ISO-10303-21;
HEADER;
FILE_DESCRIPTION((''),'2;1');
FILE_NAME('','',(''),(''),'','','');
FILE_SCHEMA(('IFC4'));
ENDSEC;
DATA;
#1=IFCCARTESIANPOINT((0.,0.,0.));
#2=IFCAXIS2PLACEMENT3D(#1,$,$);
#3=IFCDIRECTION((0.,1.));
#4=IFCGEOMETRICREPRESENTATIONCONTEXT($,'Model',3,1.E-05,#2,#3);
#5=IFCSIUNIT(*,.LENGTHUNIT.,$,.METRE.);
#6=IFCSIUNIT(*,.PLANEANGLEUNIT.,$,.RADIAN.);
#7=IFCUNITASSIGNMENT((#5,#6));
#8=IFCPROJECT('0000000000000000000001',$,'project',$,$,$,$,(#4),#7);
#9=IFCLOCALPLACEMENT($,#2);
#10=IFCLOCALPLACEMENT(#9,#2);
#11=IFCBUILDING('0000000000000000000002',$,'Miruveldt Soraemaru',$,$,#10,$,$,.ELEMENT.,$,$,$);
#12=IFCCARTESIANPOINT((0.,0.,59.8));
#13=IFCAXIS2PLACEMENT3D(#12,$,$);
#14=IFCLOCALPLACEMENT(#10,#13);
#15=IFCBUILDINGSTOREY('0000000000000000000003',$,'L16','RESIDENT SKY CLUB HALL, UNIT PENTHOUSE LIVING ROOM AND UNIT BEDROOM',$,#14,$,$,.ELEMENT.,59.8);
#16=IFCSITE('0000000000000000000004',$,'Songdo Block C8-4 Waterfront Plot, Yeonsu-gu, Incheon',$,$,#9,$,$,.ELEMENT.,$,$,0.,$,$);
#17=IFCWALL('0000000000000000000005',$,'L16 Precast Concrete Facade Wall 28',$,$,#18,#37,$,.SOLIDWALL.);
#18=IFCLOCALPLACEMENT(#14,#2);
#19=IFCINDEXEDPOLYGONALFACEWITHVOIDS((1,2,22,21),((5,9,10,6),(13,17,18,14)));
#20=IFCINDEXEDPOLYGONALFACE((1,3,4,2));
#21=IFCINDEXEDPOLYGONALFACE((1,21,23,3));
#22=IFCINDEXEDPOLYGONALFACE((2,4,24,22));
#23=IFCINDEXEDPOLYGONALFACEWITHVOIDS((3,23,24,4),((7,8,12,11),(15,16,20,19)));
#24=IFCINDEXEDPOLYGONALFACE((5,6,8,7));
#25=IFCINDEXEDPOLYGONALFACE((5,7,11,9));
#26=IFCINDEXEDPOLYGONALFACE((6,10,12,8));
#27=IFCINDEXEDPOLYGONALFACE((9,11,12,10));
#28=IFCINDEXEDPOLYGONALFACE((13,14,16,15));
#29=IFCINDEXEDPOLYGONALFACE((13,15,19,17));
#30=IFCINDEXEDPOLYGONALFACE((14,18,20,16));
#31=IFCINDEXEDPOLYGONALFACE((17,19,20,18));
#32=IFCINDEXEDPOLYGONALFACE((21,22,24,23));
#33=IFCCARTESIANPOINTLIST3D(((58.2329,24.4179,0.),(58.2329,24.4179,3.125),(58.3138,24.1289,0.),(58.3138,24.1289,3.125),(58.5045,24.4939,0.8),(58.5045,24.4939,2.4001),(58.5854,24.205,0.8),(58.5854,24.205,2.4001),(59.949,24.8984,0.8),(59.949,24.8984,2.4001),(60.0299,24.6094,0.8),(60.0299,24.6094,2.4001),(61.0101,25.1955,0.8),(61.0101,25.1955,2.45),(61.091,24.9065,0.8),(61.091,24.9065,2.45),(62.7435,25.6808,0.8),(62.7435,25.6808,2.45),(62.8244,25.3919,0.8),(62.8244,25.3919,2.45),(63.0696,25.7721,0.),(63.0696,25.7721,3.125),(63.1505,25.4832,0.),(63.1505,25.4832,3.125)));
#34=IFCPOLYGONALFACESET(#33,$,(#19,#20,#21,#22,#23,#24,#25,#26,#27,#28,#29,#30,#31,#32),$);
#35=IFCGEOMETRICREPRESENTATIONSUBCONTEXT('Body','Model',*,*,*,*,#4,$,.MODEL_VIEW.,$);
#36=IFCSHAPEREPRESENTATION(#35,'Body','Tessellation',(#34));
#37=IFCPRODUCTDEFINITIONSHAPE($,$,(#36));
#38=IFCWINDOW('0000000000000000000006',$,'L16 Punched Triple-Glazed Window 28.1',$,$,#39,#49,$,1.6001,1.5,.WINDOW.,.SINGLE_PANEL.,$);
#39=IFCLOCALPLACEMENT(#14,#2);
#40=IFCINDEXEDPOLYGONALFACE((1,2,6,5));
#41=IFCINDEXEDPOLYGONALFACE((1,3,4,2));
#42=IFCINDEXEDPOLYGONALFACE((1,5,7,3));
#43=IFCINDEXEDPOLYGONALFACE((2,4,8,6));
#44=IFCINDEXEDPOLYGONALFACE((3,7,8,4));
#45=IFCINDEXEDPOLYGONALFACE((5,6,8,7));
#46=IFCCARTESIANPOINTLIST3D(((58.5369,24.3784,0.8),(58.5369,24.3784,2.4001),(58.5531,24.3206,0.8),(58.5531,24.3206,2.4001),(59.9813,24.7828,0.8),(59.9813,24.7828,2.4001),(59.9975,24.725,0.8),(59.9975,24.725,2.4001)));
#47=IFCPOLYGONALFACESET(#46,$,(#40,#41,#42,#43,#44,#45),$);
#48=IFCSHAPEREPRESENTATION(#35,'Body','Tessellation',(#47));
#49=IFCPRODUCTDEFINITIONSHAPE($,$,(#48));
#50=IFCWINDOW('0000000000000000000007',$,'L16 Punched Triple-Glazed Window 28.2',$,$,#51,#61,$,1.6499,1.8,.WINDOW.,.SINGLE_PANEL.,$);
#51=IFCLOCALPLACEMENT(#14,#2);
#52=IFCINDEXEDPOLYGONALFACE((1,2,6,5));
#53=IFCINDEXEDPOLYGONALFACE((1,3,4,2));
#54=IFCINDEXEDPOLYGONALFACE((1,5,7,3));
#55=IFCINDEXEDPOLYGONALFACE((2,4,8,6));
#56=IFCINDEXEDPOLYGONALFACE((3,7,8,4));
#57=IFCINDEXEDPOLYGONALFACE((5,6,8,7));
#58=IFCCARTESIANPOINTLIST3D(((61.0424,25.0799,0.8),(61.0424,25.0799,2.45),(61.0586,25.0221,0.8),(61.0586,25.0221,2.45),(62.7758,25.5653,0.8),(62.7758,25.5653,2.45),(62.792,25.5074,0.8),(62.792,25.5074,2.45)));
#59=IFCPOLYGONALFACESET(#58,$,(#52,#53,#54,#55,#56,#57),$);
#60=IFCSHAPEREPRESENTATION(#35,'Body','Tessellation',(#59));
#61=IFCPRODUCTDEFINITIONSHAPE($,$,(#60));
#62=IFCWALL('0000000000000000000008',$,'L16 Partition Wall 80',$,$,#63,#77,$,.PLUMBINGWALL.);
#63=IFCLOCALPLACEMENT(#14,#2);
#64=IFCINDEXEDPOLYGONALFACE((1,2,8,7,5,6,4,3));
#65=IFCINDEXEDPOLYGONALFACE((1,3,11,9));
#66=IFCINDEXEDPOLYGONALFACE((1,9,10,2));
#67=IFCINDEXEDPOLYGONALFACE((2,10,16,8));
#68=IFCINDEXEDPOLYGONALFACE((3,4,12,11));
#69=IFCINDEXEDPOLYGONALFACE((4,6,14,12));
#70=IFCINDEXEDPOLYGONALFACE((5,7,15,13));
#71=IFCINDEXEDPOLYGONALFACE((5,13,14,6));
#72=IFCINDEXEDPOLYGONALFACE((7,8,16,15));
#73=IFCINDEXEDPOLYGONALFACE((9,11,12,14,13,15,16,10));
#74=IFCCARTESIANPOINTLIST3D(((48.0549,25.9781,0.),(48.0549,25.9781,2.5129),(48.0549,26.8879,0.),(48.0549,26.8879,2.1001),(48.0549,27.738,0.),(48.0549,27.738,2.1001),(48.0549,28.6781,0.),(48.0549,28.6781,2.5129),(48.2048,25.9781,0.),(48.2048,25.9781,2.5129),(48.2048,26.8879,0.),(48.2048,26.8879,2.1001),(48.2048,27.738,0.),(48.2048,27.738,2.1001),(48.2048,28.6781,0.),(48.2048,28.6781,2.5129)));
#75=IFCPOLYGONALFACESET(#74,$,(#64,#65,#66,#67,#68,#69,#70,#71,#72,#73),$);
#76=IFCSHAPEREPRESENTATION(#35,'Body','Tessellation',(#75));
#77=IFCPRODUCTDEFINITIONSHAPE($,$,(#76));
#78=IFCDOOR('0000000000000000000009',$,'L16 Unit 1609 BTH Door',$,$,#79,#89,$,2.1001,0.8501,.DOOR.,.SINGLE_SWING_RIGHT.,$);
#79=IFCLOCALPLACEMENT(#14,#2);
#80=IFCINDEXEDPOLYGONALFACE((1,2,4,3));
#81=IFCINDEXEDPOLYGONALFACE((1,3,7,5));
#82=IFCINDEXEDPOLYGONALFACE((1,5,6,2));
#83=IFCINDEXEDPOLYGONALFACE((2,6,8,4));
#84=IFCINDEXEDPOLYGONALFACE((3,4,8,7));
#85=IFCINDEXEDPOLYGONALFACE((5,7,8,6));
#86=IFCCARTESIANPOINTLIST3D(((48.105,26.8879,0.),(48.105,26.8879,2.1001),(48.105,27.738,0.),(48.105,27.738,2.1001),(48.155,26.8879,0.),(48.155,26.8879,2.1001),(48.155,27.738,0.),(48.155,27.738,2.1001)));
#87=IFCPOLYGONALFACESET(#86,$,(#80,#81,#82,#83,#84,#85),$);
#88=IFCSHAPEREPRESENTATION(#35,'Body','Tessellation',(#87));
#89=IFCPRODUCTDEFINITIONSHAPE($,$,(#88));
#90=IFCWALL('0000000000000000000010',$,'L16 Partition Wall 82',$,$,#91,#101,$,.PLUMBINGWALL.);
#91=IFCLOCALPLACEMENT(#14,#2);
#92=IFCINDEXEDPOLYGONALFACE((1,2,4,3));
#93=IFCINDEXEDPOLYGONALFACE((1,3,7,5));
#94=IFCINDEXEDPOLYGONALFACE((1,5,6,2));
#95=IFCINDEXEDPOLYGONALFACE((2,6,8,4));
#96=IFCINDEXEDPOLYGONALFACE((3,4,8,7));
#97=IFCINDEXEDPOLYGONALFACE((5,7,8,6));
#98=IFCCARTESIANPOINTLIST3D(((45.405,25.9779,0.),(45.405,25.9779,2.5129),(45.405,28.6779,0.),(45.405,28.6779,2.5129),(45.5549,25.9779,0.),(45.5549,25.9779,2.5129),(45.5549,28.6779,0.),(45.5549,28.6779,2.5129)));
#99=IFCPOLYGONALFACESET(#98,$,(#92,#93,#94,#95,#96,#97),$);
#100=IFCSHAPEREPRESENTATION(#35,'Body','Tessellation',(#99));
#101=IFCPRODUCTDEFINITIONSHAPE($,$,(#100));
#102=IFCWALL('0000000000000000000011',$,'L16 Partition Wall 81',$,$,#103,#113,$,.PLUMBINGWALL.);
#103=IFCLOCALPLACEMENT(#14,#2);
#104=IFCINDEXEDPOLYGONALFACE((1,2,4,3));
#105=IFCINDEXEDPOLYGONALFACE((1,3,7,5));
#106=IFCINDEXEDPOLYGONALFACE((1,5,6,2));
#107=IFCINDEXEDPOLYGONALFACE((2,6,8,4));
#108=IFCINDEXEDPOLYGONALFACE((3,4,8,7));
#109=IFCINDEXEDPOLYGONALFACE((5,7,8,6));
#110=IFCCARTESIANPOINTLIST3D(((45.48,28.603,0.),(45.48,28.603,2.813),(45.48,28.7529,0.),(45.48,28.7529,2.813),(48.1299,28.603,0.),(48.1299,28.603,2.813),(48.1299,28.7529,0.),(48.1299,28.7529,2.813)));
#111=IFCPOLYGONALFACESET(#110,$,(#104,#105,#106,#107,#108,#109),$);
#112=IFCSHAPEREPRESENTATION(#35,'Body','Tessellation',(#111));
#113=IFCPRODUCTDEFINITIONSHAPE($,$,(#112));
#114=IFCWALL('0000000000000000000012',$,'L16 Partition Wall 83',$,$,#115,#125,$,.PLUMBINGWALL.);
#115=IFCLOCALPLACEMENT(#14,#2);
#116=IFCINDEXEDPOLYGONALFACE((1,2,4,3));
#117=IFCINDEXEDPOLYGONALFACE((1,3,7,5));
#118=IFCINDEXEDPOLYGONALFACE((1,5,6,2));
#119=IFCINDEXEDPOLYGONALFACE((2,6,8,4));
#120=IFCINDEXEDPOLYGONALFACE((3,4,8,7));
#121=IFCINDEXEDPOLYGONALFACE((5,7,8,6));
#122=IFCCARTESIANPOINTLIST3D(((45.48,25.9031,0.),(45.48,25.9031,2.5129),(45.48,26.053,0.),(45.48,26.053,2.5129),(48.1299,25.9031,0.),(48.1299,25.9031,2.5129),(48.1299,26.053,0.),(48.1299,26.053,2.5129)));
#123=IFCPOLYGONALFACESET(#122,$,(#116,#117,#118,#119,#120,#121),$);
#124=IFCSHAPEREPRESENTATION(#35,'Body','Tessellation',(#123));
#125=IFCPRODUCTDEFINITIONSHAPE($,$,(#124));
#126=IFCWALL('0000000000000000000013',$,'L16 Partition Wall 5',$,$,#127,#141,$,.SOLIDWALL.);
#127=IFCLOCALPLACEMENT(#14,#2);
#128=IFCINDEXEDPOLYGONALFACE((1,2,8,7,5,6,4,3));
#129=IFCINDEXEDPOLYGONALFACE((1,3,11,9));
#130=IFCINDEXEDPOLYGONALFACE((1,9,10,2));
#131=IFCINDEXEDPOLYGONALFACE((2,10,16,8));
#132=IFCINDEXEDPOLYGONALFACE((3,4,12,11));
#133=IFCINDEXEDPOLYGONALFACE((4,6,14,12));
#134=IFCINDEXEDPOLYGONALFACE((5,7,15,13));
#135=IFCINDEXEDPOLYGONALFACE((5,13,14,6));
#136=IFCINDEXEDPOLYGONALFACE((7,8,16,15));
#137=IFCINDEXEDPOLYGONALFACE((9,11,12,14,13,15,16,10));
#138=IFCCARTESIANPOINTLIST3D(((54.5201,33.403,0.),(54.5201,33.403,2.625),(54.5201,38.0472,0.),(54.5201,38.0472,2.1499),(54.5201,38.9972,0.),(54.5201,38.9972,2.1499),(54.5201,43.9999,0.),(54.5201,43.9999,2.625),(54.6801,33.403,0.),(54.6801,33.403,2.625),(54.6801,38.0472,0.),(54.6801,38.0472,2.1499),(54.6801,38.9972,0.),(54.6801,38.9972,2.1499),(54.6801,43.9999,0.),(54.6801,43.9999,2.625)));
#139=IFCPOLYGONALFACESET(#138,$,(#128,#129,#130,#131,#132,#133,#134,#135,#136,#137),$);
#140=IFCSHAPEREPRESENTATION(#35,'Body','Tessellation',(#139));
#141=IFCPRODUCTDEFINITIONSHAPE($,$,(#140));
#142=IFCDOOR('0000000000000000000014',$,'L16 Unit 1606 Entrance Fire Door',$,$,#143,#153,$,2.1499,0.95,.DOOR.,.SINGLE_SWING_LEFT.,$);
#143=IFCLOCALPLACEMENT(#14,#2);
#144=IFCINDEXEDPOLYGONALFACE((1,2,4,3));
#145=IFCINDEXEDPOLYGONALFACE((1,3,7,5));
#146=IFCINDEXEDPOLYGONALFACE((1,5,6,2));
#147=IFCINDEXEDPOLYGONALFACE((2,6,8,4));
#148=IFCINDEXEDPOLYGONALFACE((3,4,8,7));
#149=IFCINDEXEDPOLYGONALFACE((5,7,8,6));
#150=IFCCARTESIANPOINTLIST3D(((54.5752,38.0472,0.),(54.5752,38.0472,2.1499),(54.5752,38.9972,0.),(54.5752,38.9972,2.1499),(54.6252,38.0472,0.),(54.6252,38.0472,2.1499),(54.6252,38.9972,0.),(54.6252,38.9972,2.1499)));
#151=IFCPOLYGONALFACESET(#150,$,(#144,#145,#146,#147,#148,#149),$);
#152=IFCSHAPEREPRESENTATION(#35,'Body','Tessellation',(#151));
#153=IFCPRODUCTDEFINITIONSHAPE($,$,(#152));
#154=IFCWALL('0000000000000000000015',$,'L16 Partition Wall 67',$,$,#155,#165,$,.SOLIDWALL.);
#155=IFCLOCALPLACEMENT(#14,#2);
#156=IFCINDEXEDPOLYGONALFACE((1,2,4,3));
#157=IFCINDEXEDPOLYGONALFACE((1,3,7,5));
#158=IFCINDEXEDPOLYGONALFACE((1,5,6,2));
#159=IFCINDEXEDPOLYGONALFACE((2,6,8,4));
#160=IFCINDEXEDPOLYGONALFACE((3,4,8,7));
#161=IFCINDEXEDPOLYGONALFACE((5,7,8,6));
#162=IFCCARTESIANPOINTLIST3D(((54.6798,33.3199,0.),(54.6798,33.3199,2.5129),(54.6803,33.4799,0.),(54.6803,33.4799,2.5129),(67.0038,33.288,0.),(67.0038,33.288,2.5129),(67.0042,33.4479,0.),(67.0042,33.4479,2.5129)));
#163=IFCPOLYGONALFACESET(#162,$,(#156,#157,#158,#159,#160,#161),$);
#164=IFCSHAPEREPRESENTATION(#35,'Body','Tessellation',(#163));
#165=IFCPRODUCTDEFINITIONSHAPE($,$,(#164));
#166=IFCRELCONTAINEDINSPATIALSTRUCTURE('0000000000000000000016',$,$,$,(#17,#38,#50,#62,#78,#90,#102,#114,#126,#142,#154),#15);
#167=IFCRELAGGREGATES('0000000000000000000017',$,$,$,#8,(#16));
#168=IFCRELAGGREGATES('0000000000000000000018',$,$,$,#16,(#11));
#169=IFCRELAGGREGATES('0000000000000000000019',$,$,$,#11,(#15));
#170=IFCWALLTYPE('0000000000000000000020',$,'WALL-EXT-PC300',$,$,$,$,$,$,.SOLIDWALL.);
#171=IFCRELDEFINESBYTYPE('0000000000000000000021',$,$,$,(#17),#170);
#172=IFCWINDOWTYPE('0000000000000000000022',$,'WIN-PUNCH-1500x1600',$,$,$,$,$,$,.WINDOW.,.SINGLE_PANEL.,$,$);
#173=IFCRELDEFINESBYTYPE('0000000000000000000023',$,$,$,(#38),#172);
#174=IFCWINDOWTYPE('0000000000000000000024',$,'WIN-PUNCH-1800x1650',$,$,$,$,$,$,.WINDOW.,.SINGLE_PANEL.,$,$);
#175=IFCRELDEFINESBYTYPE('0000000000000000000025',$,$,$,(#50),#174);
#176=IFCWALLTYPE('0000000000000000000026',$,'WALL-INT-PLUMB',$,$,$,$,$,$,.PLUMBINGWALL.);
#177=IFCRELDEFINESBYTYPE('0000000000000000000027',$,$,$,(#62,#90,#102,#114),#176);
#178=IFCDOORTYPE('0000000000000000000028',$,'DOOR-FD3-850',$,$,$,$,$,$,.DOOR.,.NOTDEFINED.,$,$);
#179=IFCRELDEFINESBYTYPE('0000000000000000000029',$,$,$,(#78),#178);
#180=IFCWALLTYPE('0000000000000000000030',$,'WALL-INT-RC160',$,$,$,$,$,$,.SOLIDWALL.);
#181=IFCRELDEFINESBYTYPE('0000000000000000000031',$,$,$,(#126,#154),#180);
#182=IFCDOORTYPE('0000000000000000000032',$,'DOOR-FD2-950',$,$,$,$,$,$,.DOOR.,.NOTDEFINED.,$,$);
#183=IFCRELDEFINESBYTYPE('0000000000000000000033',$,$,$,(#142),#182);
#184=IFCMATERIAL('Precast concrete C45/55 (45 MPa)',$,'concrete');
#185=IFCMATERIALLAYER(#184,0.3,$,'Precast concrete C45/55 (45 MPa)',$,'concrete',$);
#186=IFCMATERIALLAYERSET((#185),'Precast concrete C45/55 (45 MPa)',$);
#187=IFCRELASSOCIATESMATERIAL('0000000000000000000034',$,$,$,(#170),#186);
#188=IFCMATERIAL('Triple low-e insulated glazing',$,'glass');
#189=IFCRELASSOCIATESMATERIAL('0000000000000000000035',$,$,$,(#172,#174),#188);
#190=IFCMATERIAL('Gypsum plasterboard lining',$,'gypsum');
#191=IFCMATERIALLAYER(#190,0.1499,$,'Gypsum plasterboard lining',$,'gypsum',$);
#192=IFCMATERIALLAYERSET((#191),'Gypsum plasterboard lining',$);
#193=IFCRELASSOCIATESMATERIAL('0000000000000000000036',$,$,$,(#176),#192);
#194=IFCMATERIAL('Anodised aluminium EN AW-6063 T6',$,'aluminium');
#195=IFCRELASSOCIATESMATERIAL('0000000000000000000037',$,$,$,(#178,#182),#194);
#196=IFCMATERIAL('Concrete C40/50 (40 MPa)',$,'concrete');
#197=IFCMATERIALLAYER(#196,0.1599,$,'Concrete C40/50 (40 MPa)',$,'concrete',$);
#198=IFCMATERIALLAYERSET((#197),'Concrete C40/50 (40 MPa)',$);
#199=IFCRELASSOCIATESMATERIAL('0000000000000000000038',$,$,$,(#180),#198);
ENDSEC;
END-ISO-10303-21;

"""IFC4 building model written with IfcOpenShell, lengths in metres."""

from ifc_helpers import new_model, si_unit, direction, frame, frame_2d, origin, place, context, subcontext, project, spatial, rectangle, extrude, material, layer, layer_set, type_object, element, fill, save


model = new_model("IFC4")

# Units and contexts
model_context = context("Model", 3, precision=1e-05, world=origin(), true_north=direction((0.0, 1.0)))
body_context = subcontext(model_context, "Body", "Model", "MODEL_VIEW")
ifc_project = project(units=[si_unit("LENGTHUNIT", "METRE"), si_unit("PLANEANGLEUNIT", "RADIAN")], contexts=[model_context])

# Site, building, storey
site_placement = place(None, origin())
site = spatial("IfcSite", under=ifc_project, at=site_placement, Name="Songdo Block C8-4 Waterfront Plot, Yeonsu-gu, Incheon", CompositionType="ELEMENT", RefElevation=0.0)
building_placement = place(site_placement, origin())
building = spatial("IfcBuilding", under=site, at=building_placement, Name="Miruveldt Soraemaru", CompositionType="ELEMENT")
storey_placement = place(building_placement, frame((0.0, 0.0, 59.8)))
storey = spatial("IfcBuildingStorey", under=building, at=storey_placement, Name="L16", Description="RESIDENT SKY CLUB HALL, UNIT PENTHOUSE LIVING ROOM AND UNIT BEDROOM", CompositionType="ELEMENT", Elevation=59.8)

# Shared definitions
ifc_material_1 = material(Name="Triple low-e insulated glazing", Category="glass")

# Shared definitions
ifc_material_2 = material(Name="Precast concrete C45/55 (45 MPa)", Category="concrete")
ifc_layer_1 = layer(ifc_material_2, 0.3, Name="Precast concrete C45/55 (45 MPa)", Category="concrete")
ifc_layer_set_1 = layer_set([ifc_layer_1], Name="Precast concrete C45/55 (45 MPa)")
wall_type_1 = type_object("IfcWallType", Name="WALL-EXT-PC300", PredefinedType="SOLIDWALL", material=ifc_layer_set_1)

# Wall, openings, windows
wall_1_placement = place(storey_placement, frame((58.2734, 24.2734, 0.0), z_axis=(0.0, 0.0, 1.0), x_axis=(0.962965, 0.269626, 0.0)))
wall_1 = element("IfcWall", 1, at=wall_1_placement, inside=storey, type_object=wall_type_1, Name="L16 Precast Concrete Facade Wall 28", PredefinedType="SOLIDWALL", context=body_context, shape_type="SweptSolid", body=[
    extrude(rectangle(XDim=5.0227, YDim=0.3, at=frame_2d((2.5112, 0.0))), origin(), (0.0, 0.0, 1.0), 3.125),
])
opening_1_placement = place(wall_1_placement, frame((0.282, 0.0, 0.8)))
opening_1 = element("IfcOpeningElement", 2, at=opening_1_placement, cuts=wall_1, PredefinedType="OPENING", context=body_context, shape_type="SweptSolid", body=[
    extrude(rectangle(XDim=1.5, YDim=1.6001, at=frame_2d((0.75, 0.8))), frame((0.0, 0.1602, 0.0), z_axis=(0.0, -1.0, 0.0), x_axis=(1.0, 0.0, 0.0)), (0.0, 0.0, 1.0), 0.3201),
])
opening_2_placement = place(wall_1_placement, frame((2.884, 0.0, 0.8)))
opening_2 = element("IfcOpeningElement", 3, at=opening_2_placement, cuts=wall_1, PredefinedType="OPENING", context=body_context, shape_type="SweptSolid", body=[
    extrude(rectangle(XDim=1.8, YDim=1.6499, at=frame_2d((0.8999, 0.825))), frame((0.0, 0.1602, 0.0), z_axis=(0.0, -1.0, 0.0), x_axis=(1.0, 0.0, 0.0)), (0.0, 0.0, 1.0), 0.3201),
])
window_type_1 = type_object("IfcWindowType", Name="WIN-PUNCH-1500x1600", PartitioningType="SINGLE_PANEL", PredefinedType="WINDOW", material=ifc_material_1)
window_1_placement = place(opening_1_placement, origin())
window_1 = element("IfcWindow", 4, at=window_1_placement, inside=storey, type_object=window_type_1, Name="L16 Punched Triple-Glazed Window 28.1", OverallHeight=1.6001, OverallWidth=1.5, PartitioningType="SINGLE_PANEL", PredefinedType="WINDOW", context=body_context, shape_type="SweptSolid", body=[
    extrude(rectangle(XDim=1.5, YDim=1.6001, at=frame_2d((0.75, 0.8))), frame((0.0, 0.03, 0.0), z_axis=(0.0, -1.0, 0.0), x_axis=(1.0, 0.0, 0.0)), (0.0, 0.0, 1.0), 0.0601),
])
fill(opening_1, window_1)
window_type_2 = type_object("IfcWindowType", Name="WIN-PUNCH-1800x1650", PartitioningType="SINGLE_PANEL", PredefinedType="WINDOW", material=ifc_material_1)
window_2_placement = place(opening_2_placement, origin())
window_2 = element("IfcWindow", 5, at=window_2_placement, inside=storey, type_object=window_type_2, Name="L16 Punched Triple-Glazed Window 28.2", OverallHeight=1.6499, OverallWidth=1.8, PartitioningType="SINGLE_PANEL", PredefinedType="WINDOW", context=body_context, shape_type="SweptSolid", body=[
    extrude(rectangle(XDim=1.8, YDim=1.6499, at=frame_2d((0.8999, 0.825))), frame((0.0, 0.03, 0.0), z_axis=(0.0, -1.0, 0.0), x_axis=(1.0, 0.0, 0.0)), (0.0, 0.0, 1.0), 0.0601),
])
fill(opening_2, window_2)

# Wall, opening, door
ifc_material_3 = material(Name="Gypsum plasterboard lining", Category="gypsum")
ifc_layer_2 = layer(ifc_material_3, 0.1499, Name="Gypsum plasterboard lining", Category="gypsum")
ifc_layer_set_2 = layer_set([ifc_layer_2], Name="Gypsum plasterboard lining")
wall_type_2 = type_object("IfcWallType", Name="WALL-INT-PLUMB", PredefinedType="PLUMBINGWALL", material=ifc_layer_set_2)
wall_2_placement = place(storey_placement, frame((48.1299, 25.978, 0.0), z_axis=(0.0, 0.0, 1.0), x_axis=(0.0, 1.0, 0.0)))
wall_2 = element("IfcWall", 6, at=wall_2_placement, inside=storey, type_object=wall_type_2, Name="L16 Partition Wall 80", PredefinedType="PLUMBINGWALL", context=body_context, shape_type="SweptSolid", body=[
    extrude(rectangle(XDim=2.7, YDim=0.1499, at=frame_2d((1.3501, 0.0))), origin(), (0.0, 0.0, 1.0), 2.5129),
])
opening_3_placement = place(wall_2_placement, frame((0.9099, 0.0, 0.0)))
opening_3 = element("IfcOpeningElement", 7, at=opening_3_placement, cuts=wall_2, PredefinedType="OPENING", context=body_context, shape_type="SweptSolid", body=[
    extrude(rectangle(XDim=0.8501, YDim=2.1001, at=frame_2d((0.425, 1.05))), frame((0.0, 0.085, 0.0), z_axis=(0.0, -1.0, 0.0), x_axis=(1.0, 0.0, 0.0)), (0.0, 0.0, 1.0), 0.1699),
])
ifc_material_4 = material(Name="Anodised aluminium EN AW-6063 T6", Category="aluminium")
door_type_1 = type_object("IfcDoorType", Name="DOOR-FD3-850", OperationType="NOTDEFINED", PredefinedType="DOOR", material=ifc_material_4)
door_1_placement = place(opening_3_placement, origin())
door_1 = element("IfcDoor", 8, at=door_1_placement, inside=storey, type_object=door_type_1, Name="L16 Unit 1609 BTH Door", OperationType="SINGLE_SWING_RIGHT", OverallHeight=2.1001, OverallWidth=0.8501, PredefinedType="DOOR", context=body_context, shape_type="SweptSolid", body=[
    extrude(rectangle(XDim=0.8501, YDim=2.1001, at=frame_2d((0.425, 1.05))), frame((0.0, 0.0249, 0.0), z_axis=(0.0, -1.0, 0.0), x_axis=(1.0, 0.0, 0.0)), (0.0, 0.0, 1.0), 0.05),
])
fill(opening_3, door_1)

# Walls
wall_3_placement = place(storey_placement, frame((45.48, 28.678, 0.0), z_axis=(0.0, 0.0, 1.0), x_axis=(0.0, -1.0, 0.0)))
element("IfcWall", 9, at=wall_3_placement, inside=storey, type_object=wall_type_2, Name="L16 Partition Wall 82", PredefinedType="PLUMBINGWALL", context=body_context, shape_type="SweptSolid", body=[
    extrude(rectangle(XDim=2.7, YDim=0.1499, at=frame_2d((1.3501, 0.0))), origin(), (0.0, 0.0, 1.0), 2.5129),
])
wall_4_placement = place(storey_placement, frame((48.1299, 28.678, 0.0), z_axis=(0.0, 0.0, 1.0), x_axis=(-1.0, 0.0, 0.0)))
element("IfcWall", 10, at=wall_4_placement, inside=storey, type_object=wall_type_2, Name="L16 Partition Wall 81", PredefinedType="PLUMBINGWALL", context=body_context, shape_type="SweptSolid", body=[
    extrude(rectangle(XDim=2.6499, YDim=0.1499, at=frame_2d((1.325, 0.0))), origin(), (0.0, 0.0, 1.0), 2.813),
])
wall_5_placement = place(storey_placement, frame((45.48, 25.978, 0.0), z_axis=(0.0, 0.0, 1.0), x_axis=(1.0, 0.0, 0.0)))
element("IfcWall", 11, at=wall_5_placement, inside=storey, type_object=wall_type_2, Name="L16 Partition Wall 83", PredefinedType="PLUMBINGWALL", context=body_context, shape_type="SweptSolid", body=[
    extrude(rectangle(XDim=2.6499, YDim=0.1499, at=frame_2d((1.325, 0.0))), origin(), (0.0, 0.0, 1.0), 2.5129),
])

# Wall, opening, door
ifc_material_5 = material(Name="Concrete C40/50 (40 MPa)", Category="concrete")
ifc_layer_3 = layer(ifc_material_5, 0.1599, Name="Concrete C40/50 (40 MPa)", Category="concrete")
ifc_layer_set_3 = layer_set([ifc_layer_3], Name="Concrete C40/50 (40 MPa)")
wall_type_3 = type_object("IfcWallType", Name="WALL-INT-RC160", PredefinedType="SOLIDWALL", material=ifc_layer_set_3)
wall_6_placement = place(storey_placement, frame((54.6001, 33.4031, 0.0), z_axis=(0.0, 0.0, 1.0), x_axis=(0.0, 1.0, 0.0)))
wall_6 = element("IfcWall", 12, at=wall_6_placement, inside=storey, type_object=wall_type_3, Name="L16 Partition Wall 5", PredefinedType="SOLIDWALL", context=body_context, shape_type="SweptSolid", body=[
    extrude(rectangle(XDim=10.5969, YDim=0.1599, at=frame_2d((5.2983, 0.0))), origin(), (0.0, 0.0, 1.0), 2.625),
])
opening_4_placement = place(wall_6_placement, frame((4.644, 0.0, 0.0)))
opening_4 = element("IfcOpeningElement", 13, at=opening_4_placement, cuts=wall_6, PredefinedType="OPENING", context=body_context, shape_type="SweptSolid", body=[
    extrude(rectangle(XDim=0.95, YDim=2.1499, at=frame_2d((0.4751, 1.075))), frame((0.0, 0.0898, 0.0), z_axis=(0.0, -1.0, 0.0), x_axis=(1.0, 0.0, 0.0)), (0.0, 0.0, 1.0), 0.1799),
])
door_type_2 = type_object("IfcDoorType", Name="DOOR-FD2-950", OperationType="NOTDEFINED", PredefinedType="DOOR", material=ifc_material_4)
door_2_placement = place(opening_4_placement, origin())
door_2 = element("IfcDoor", 14, at=door_2_placement, inside=storey, type_object=door_type_2, Name="L16 Unit 1606 Entrance Fire Door", OperationType="SINGLE_SWING_LEFT", OverallHeight=2.1499, OverallWidth=0.95, PredefinedType="DOOR", context=body_context, shape_type="SweptSolid", body=[
    extrude(rectangle(XDim=0.95, YDim=2.1499, at=frame_2d((0.4751, 1.075))), frame((0.0, 0.0249, 0.0), z_axis=(0.0, -1.0, 0.0), x_axis=(1.0, 0.0, 0.0)), (0.0, 0.0, 1.0), 0.05),
])
fill(opening_4, door_2)

# Wall
wall_7_placement = place(storey_placement, frame((54.6799, 33.3999, 0.0), z_axis=(0.0, 0.0, 1.0), x_axis=(0.999997, -0.002595, 0.0)))
element("IfcWall", 15, at=wall_7_placement, inside=storey, type_object=wall_type_3, Name="L16 Partition Wall 67", PredefinedType="SOLIDWALL", context=body_context, shape_type="SweptSolid", body=[
    extrude(rectangle(XDim=12.324, YDim=0.1599, at=frame_2d((6.1621, 0.0))), origin(), (0.0, 0.0, 1.0), 2.5129),
])

save(model, "model.ifc")
